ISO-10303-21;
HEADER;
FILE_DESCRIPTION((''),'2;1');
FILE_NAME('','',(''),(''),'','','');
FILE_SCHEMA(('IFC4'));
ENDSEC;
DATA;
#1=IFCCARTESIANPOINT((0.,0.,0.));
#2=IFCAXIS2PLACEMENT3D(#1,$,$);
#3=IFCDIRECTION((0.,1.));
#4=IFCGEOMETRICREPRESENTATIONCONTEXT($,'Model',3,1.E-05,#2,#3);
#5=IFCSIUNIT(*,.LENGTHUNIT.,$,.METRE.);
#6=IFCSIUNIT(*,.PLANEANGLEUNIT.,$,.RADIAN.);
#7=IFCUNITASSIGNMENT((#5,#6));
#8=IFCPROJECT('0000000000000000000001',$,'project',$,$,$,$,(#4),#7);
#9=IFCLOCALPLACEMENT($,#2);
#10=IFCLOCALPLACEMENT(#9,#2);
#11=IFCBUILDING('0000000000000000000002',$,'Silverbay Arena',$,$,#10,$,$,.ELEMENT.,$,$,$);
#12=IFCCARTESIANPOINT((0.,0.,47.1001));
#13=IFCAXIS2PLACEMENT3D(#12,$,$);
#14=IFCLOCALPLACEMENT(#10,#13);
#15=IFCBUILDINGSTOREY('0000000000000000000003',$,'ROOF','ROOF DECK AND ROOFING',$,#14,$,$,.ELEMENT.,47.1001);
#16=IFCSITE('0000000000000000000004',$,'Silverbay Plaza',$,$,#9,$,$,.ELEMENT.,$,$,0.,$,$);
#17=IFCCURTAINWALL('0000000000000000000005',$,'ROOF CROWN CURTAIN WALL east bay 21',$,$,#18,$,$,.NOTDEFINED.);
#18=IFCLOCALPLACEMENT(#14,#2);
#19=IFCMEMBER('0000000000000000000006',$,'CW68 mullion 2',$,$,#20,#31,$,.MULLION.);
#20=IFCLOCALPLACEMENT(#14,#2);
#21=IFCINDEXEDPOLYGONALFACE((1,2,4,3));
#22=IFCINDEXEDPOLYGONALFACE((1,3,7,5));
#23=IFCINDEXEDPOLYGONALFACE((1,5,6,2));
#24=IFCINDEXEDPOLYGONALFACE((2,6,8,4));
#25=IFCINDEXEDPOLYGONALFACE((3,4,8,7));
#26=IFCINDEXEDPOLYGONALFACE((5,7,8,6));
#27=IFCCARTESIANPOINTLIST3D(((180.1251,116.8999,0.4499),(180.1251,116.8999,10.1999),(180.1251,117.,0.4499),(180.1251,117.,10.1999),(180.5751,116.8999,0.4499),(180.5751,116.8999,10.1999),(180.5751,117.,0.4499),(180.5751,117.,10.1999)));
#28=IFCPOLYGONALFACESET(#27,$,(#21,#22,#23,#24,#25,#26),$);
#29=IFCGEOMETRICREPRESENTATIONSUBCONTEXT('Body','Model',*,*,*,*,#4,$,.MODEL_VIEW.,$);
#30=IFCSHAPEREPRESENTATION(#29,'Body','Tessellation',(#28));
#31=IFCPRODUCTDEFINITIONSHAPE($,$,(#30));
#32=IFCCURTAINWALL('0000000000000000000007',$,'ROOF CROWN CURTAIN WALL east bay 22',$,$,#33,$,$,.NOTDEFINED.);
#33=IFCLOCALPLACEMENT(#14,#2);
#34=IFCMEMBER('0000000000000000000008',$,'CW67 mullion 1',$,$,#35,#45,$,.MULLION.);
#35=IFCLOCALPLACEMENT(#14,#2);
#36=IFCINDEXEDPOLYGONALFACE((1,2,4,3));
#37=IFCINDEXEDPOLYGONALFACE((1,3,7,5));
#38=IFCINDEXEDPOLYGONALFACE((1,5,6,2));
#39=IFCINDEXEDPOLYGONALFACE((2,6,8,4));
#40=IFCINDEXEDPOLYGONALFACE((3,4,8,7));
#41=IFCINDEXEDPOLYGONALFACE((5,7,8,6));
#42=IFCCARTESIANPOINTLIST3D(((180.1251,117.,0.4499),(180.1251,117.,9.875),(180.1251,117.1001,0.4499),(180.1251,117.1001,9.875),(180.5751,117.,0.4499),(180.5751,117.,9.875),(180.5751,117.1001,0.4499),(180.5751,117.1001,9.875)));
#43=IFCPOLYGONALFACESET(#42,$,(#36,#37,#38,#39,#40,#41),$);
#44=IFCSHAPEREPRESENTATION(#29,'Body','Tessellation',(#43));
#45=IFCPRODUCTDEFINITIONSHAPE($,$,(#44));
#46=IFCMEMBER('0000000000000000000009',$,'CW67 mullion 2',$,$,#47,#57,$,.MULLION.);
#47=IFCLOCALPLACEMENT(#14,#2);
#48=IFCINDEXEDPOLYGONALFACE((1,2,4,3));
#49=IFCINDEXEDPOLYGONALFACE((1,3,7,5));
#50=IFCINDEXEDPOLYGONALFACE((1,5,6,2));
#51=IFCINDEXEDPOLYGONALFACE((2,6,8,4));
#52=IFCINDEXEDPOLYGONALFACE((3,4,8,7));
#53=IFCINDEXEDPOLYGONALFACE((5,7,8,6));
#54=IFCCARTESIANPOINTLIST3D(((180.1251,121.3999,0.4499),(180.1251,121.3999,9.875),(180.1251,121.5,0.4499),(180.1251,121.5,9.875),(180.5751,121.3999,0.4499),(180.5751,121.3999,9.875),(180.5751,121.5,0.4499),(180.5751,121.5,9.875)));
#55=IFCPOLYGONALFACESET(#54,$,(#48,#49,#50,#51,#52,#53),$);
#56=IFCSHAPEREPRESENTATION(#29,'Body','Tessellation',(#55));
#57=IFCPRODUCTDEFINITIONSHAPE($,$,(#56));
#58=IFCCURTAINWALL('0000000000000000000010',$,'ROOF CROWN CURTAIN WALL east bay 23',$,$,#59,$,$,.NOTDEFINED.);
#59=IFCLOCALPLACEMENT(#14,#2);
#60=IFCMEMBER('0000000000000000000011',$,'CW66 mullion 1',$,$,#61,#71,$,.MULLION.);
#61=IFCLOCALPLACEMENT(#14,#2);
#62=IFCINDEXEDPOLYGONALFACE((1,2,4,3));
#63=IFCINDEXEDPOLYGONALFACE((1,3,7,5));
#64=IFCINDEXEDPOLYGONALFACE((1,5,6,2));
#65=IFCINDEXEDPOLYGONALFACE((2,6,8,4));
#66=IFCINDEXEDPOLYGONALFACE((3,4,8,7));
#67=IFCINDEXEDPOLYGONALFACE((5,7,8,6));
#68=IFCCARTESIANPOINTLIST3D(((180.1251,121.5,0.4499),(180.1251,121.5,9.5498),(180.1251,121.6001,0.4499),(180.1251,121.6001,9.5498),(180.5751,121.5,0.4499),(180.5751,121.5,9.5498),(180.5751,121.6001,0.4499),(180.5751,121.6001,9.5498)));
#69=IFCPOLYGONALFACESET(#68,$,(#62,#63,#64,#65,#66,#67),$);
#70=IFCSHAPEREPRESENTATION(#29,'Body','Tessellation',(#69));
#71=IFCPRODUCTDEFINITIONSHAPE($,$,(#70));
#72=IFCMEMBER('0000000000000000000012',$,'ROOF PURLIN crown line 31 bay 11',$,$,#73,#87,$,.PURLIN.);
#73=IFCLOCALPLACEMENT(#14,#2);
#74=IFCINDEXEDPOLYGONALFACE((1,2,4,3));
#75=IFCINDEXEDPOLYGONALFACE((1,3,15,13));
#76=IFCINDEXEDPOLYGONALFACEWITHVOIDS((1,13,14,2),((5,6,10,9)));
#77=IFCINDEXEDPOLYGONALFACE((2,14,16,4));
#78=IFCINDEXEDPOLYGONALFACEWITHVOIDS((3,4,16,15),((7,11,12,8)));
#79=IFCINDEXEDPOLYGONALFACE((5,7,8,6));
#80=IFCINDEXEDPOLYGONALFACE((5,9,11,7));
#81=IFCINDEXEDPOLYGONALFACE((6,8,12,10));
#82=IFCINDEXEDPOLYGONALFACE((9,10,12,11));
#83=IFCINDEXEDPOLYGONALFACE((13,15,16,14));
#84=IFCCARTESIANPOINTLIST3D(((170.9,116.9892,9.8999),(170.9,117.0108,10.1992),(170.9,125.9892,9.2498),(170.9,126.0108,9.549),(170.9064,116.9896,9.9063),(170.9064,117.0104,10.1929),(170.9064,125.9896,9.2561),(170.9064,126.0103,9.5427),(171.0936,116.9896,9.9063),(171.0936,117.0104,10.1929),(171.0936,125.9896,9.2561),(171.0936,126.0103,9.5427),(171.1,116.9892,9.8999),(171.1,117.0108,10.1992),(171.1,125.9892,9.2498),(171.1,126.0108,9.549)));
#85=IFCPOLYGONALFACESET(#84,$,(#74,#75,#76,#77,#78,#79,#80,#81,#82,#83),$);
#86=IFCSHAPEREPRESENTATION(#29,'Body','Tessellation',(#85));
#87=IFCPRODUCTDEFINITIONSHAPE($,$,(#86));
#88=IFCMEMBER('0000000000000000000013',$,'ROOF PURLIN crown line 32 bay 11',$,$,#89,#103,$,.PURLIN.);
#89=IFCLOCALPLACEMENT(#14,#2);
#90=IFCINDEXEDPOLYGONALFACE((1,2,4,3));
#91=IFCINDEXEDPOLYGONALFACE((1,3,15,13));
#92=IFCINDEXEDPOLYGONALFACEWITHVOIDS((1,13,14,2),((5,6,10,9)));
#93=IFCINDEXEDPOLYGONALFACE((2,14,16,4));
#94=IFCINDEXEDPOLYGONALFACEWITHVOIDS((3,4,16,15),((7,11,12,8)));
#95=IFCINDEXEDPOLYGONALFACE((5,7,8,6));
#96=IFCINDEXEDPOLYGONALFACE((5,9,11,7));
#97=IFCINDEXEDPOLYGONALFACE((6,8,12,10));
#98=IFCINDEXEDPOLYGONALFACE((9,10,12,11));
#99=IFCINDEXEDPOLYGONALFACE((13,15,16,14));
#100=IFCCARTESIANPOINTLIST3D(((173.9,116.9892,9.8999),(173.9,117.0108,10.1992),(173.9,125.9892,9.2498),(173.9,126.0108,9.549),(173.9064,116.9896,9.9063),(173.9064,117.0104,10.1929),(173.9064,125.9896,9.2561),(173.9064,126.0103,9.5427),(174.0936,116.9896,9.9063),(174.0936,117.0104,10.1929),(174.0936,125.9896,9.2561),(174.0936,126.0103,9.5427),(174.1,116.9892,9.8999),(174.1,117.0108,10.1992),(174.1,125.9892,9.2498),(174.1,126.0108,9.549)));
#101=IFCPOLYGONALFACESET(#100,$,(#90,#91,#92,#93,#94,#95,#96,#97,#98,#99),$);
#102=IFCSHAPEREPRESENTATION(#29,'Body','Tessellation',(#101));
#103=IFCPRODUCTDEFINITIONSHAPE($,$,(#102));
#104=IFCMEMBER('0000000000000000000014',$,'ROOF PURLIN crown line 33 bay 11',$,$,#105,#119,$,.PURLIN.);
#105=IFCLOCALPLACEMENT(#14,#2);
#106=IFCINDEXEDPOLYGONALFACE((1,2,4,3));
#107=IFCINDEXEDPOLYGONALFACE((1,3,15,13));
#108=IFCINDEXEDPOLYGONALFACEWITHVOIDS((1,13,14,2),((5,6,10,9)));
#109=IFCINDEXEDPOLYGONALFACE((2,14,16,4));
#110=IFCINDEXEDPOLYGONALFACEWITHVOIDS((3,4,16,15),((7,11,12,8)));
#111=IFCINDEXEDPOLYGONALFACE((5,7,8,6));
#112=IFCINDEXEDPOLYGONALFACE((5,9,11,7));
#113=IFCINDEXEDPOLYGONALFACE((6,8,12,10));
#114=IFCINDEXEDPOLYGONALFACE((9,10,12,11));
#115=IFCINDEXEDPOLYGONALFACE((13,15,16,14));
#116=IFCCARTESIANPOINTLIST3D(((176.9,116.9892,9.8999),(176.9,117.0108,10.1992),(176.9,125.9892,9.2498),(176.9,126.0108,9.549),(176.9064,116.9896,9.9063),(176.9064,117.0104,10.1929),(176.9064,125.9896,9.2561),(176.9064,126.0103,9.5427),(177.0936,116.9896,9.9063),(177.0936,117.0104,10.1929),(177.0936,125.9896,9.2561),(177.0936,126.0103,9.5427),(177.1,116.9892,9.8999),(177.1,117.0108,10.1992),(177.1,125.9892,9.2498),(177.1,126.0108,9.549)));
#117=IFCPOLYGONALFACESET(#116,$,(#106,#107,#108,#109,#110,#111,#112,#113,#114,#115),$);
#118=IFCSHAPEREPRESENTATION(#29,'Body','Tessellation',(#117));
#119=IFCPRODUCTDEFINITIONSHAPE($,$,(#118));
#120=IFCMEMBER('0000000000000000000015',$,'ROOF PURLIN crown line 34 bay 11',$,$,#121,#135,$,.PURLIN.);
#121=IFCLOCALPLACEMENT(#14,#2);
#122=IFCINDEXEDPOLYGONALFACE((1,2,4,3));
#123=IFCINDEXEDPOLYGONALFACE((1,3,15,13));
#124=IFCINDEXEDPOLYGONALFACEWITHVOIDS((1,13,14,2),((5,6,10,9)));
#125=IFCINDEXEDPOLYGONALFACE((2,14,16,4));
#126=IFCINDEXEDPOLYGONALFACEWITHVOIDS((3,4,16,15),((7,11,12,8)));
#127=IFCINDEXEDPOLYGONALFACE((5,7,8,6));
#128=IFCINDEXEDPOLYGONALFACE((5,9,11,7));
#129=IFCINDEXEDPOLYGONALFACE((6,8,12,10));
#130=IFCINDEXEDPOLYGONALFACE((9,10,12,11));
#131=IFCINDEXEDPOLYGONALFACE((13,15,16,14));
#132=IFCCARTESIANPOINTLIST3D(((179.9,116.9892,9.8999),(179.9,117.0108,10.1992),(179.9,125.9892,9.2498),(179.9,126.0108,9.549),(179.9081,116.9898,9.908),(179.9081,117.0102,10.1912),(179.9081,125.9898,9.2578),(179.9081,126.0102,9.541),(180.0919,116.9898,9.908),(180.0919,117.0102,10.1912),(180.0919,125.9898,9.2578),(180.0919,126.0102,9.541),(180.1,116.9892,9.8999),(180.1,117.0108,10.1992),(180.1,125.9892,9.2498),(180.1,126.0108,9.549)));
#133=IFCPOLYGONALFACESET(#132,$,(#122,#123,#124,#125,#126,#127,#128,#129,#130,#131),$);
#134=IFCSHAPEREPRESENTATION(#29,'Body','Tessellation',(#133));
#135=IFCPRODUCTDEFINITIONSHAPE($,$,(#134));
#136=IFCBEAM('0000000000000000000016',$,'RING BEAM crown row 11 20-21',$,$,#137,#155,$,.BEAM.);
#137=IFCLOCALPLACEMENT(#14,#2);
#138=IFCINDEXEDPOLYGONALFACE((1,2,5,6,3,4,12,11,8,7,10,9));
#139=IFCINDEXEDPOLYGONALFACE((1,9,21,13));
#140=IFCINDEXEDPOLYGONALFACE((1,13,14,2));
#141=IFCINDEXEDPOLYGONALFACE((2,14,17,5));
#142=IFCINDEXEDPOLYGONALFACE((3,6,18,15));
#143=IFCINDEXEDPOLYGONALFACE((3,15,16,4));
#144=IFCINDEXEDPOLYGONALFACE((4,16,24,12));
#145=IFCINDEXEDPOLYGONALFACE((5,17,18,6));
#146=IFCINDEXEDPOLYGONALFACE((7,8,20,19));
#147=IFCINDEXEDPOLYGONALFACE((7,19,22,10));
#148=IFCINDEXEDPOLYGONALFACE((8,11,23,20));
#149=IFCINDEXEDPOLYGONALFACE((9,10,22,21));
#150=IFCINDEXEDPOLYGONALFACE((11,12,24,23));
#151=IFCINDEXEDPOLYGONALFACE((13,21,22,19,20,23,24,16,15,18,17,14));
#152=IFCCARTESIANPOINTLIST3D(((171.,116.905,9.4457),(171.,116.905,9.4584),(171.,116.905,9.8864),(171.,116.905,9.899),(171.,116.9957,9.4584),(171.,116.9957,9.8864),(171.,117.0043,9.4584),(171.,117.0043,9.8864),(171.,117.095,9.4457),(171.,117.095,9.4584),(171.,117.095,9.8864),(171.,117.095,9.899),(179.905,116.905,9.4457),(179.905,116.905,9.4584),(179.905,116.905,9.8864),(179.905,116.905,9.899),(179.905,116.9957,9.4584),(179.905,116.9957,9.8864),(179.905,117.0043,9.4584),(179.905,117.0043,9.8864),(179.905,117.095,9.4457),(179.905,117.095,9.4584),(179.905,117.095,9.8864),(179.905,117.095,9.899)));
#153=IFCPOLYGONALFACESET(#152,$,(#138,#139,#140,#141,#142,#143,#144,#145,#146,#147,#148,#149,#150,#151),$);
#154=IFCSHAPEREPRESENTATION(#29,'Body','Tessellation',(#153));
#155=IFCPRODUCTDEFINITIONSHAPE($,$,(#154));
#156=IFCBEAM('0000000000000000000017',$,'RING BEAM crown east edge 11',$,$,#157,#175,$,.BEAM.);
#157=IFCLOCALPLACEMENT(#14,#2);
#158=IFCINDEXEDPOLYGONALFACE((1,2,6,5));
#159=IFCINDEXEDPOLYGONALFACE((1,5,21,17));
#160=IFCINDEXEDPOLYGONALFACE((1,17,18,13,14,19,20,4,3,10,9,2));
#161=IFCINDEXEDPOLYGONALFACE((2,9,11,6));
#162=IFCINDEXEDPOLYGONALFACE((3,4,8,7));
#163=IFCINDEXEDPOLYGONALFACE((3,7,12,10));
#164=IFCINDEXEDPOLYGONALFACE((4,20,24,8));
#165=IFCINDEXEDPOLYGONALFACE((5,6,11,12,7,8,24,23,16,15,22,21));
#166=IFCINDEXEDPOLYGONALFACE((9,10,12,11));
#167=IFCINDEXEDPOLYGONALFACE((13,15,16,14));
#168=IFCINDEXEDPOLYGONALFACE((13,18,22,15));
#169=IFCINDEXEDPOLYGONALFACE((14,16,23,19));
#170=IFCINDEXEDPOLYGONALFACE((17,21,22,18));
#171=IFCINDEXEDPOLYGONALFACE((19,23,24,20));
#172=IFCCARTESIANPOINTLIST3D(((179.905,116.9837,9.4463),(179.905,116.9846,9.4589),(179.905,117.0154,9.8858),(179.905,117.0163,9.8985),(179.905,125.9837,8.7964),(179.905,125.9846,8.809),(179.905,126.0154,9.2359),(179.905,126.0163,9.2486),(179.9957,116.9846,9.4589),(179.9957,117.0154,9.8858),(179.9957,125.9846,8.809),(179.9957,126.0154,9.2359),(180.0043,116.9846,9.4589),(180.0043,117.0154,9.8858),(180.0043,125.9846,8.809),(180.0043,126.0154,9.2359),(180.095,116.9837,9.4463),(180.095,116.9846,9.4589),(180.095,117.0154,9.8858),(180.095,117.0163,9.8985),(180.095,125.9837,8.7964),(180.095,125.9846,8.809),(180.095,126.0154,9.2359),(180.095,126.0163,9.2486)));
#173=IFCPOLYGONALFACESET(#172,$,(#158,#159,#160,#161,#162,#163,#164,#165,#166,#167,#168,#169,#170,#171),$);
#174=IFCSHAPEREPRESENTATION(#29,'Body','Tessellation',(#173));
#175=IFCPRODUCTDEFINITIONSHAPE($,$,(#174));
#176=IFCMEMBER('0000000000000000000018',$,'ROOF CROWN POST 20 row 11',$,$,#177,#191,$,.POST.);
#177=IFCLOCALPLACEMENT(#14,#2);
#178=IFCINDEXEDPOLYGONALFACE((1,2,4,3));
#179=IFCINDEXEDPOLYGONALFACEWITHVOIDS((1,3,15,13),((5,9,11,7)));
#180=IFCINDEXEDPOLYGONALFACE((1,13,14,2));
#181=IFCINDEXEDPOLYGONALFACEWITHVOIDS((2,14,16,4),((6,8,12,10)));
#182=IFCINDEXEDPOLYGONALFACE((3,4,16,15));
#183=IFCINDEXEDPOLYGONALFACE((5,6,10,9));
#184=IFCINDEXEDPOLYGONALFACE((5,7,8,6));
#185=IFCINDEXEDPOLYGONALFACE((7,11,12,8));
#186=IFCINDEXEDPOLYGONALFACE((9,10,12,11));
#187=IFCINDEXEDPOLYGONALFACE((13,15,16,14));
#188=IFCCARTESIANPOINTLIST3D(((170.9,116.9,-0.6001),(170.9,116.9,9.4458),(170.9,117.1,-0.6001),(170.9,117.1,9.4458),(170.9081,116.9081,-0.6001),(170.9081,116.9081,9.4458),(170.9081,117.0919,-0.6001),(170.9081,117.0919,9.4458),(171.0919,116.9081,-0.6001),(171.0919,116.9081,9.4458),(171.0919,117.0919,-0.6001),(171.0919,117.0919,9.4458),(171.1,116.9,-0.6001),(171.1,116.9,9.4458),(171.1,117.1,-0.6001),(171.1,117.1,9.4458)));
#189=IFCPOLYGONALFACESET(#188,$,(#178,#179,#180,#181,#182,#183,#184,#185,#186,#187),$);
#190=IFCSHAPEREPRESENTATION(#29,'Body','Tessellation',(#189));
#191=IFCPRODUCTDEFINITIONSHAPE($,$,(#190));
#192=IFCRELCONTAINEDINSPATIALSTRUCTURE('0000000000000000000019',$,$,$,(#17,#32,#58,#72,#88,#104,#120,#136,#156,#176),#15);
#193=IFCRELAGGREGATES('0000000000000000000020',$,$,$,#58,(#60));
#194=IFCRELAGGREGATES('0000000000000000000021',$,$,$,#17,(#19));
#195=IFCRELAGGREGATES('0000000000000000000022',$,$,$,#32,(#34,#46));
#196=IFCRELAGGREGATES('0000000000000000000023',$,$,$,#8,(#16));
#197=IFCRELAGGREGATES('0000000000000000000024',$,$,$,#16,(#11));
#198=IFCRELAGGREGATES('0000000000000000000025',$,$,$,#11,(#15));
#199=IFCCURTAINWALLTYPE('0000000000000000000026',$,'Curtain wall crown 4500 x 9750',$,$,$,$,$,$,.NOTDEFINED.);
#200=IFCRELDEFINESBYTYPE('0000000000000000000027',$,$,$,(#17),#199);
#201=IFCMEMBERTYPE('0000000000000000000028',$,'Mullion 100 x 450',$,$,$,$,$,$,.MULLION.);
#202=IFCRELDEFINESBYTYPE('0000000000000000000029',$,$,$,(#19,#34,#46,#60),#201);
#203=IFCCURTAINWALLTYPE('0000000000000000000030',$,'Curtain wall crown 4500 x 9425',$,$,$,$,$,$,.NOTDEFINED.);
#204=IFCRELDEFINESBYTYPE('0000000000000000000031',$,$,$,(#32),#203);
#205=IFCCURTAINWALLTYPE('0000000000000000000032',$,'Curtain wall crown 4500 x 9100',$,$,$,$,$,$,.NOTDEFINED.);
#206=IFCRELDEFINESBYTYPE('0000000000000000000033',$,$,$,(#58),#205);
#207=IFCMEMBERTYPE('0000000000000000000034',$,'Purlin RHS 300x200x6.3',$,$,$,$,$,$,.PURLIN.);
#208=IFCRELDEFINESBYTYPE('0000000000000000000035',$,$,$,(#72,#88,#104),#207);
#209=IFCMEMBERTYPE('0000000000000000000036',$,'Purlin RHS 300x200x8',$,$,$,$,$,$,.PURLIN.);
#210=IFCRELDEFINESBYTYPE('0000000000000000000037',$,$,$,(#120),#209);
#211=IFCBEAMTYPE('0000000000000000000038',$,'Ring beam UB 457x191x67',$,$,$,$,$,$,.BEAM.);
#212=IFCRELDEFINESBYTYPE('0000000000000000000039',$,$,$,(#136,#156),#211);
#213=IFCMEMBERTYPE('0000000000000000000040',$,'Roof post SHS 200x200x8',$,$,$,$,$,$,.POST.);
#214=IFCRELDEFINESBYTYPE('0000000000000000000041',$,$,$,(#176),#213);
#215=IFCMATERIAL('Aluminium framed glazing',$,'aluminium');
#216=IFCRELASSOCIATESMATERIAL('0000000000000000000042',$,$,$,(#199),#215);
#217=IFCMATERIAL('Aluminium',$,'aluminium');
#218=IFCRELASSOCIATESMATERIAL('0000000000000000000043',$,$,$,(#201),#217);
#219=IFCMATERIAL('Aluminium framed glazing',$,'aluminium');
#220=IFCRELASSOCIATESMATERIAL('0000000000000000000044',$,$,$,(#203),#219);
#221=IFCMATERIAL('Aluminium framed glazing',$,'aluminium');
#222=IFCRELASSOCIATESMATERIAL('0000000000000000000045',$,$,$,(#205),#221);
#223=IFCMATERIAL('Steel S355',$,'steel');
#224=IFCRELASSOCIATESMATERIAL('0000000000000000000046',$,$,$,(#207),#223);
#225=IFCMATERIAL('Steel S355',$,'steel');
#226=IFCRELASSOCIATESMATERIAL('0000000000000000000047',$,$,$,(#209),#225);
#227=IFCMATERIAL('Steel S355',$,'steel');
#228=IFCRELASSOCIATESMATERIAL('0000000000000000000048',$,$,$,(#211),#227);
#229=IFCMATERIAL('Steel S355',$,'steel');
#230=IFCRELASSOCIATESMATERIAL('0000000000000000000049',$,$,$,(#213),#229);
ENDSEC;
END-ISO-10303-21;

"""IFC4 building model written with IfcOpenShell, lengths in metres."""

from ifc_helpers import new_model, si_unit, direction, frame, origin, origin_2d, place, context, subcontext, project, spatial, rectangle, hollow_rectangle, i_section, extrude, material, material_profile, profile_set, type_object, element, aggregate, save


model = new_model("IFC4")

# Units and contexts
model_context = context("Model", 3, precision=1e-05, world=origin(), true_north=direction((0.0, 1.0)))
body_context = subcontext(model_context, "Body", "Model", "MODEL_VIEW")
ifc_project = project(units=[si_unit("LENGTHUNIT", "METRE"), si_unit("PLANEANGLEUNIT", "RADIAN")], contexts=[model_context])

# Site, building, storey
site_placement = place(None, origin())
site = spatial("IfcSite", under=ifc_project, at=site_placement, Name="Silverbay Plaza", CompositionType="ELEMENT", RefElevation=0.0)
building_placement = place(site_placement, origin())
building = spatial("IfcBuilding", under=site, at=building_placement, Name="Silverbay Arena", CompositionType="ELEMENT")
storey_placement = place(building_placement, frame((0.0, 0.0, 47.1001)))
storey = spatial("IfcBuildingStorey", under=building, at=storey_placement, Name="ROOF", Description="ROOF DECK AND ROOFING", CompositionType="ELEMENT", Elevation=47.1001)

# Curtain wall, member
ifc_material_1 = material(Name="Aluminium framed glazing", Category="aluminium")
curtain_wall_type_1 = type_object("IfcCurtainWallType", Name="Curtain wall crown 4500 x 9750", PredefinedType="NOTDEFINED", material=ifc_material_1)
curtain_wall_1_placement = place(storey_placement, origin())
curtain_wall_1 = element("IfcCurtainWall", 1, at=curtain_wall_1_placement, inside=storey, type_object=curtain_wall_type_1, Name="ROOF CROWN CURTAIN WALL east bay 21", PredefinedType="NOTDEFINED")
ifc_material_2 = material(Name="Aluminium", Category="aluminium")
ifc_material_profile_1 = material_profile(ifc_material_2, rectangle(XDim=0.45, YDim=0.1001, at=origin_2d()), Name="Mullion 100 x 450")
ifc_profile_set_1 = profile_set([ifc_material_profile_1], Name="Aluminium")
member_type_1 = type_object("IfcMemberType", Name="Mullion 100 x 450", PredefinedType="MULLION", material=ifc_profile_set_1)
placement = place(building_placement, frame((0.0, 0.0, 33.5)))
member_1_placement = place(placement, frame((180.3501, 116.95, 14.05), z_axis=(0.0, 0.0, 1.0), x_axis=(-1.0, 0.0, 0.0)))
member_1 = element("IfcMember", 2, at=member_1_placement, type_object=member_type_1, Name="CW68 mullion 2", PredefinedType="MULLION", context=body_context, shape_type="SweptSolid", body=[
    extrude(rectangle(XDim=0.45, YDim=0.1001, at=origin_2d()), origin(), (0.0, 0.0, 1.0), 9.75),
])

# Curtain wall, members
ifc_material_3 = material(Name="Aluminium framed glazing", Category="aluminium")
curtain_wall_type_2 = type_object("IfcCurtainWallType", Name="Curtain wall crown 4500 x 9425", PredefinedType="NOTDEFINED", material=ifc_material_3)
curtain_wall_2_placement = place(storey_placement, origin())
curtain_wall_2 = element("IfcCurtainWall", 3, at=curtain_wall_2_placement, inside=storey, type_object=curtain_wall_type_2, Name="ROOF CROWN CURTAIN WALL east bay 22", PredefinedType="NOTDEFINED")
member_2_placement = place(placement, frame((180.3501, 117.05, 14.05), z_axis=(0.0, 0.0, 1.0), x_axis=(-1.0, 0.0, 0.0)))
member_2 = element("IfcMember", 4, at=member_2_placement, type_object=member_type_1, Name="CW67 mullion 1", PredefinedType="MULLION", context=body_context, shape_type="SweptSolid", body=[
    extrude(rectangle(XDim=0.45, YDim=0.1001, at=origin_2d()), origin(), (0.0, 0.0, 1.0), 9.425),
])
member_3_placement = place(placement, frame((180.3501, 121.45, 14.05), z_axis=(0.0, 0.0, 1.0), x_axis=(-1.0, 0.0, 0.0)))
member_3 = element("IfcMember", 5, at=member_3_placement, type_object=member_type_1, Name="CW67 mullion 2", PredefinedType="MULLION", context=body_context, shape_type="SweptSolid", body=[
    extrude(rectangle(XDim=0.45, YDim=0.1001, at=origin_2d()), origin(), (0.0, 0.0, 1.0), 9.425),
])

# Curtain wall, member
ifc_material_4 = material(Name="Aluminium framed glazing", Category="aluminium")
curtain_wall_type_3 = type_object("IfcCurtainWallType", Name="Curtain wall crown 4500 x 9100", PredefinedType="NOTDEFINED", material=ifc_material_4)
curtain_wall_3_placement = place(storey_placement, origin())
curtain_wall_3 = element("IfcCurtainWall", 6, at=curtain_wall_3_placement, inside=storey, type_object=curtain_wall_type_3, Name="ROOF CROWN CURTAIN WALL east bay 23", PredefinedType="NOTDEFINED")
member_4_placement = place(placement, frame((180.3501, 121.55, 14.05), z_axis=(0.0, 0.0, 1.0), x_axis=(-1.0, 0.0, 0.0)))
member_4 = element("IfcMember", 7, at=member_4_placement, type_object=member_type_1, Name="CW66 mullion 1", PredefinedType="MULLION", context=body_context, shape_type="SweptSolid", body=[
    extrude(rectangle(XDim=0.45, YDim=0.1001, at=origin_2d()), origin(), (0.0, 0.0, 1.0), 9.0999),
])

# Members
ifc_material_5 = material(Name="Steel S355", Category="steel")
ifc_material_profile_2 = material_profile(ifc_material_5, hollow_rectangle(XDim=0.2, YDim=0.3, WallThickness=0.0063, at=origin_2d()), Name="RHS 300x200x6.3")
ifc_profile_set_2 = profile_set([ifc_material_profile_2], Name="Steel S355")
member_type_2 = type_object("IfcMemberType", Name="Purlin RHS 300x200x6.3", PredefinedType="PURLIN", material=ifc_profile_set_2)
for number, where, z_axis, x_axis, name in (
    (8, (171.0, 117.0, 10.0496), (0.0, 0.997401, -0.072051), (-1.0, 0.0, 0.0), "ROOF PURLIN crown line 31 bay 11"),
    (9, (174.0, 117.0, 10.0496), (0.0, 0.997401, -0.072051), (-1.0, 0.0, 0.0), "ROOF PURLIN crown line 32 bay 11"),
    (10, (177.0, 117.0, 10.0496), (0.0, 0.997401, -0.072051), (-1.0, 0.0, 0.0), "ROOF PURLIN crown line 33 bay 11"),
):
    element("IfcMember", number, at=place(storey_placement, frame(where, z_axis=z_axis, x_axis=x_axis)), inside=storey, type_object=member_type_2, Name=name, PredefinedType="PURLIN", context=body_context, shape_type="SweptSolid", body=[
        extrude(hollow_rectangle(XDim=0.2, YDim=0.3, WallThickness=0.0063, at=origin_2d()), origin(), (0.0, 0.0, 1.0), 9.0234),
    ])
ifc_material_6 = material(Name="Steel S355", Category="steel")
ifc_material_profile_3 = material_profile(ifc_material_6, hollow_rectangle(XDim=0.2, YDim=0.3, WallThickness=0.0081, at=origin_2d()), Name="RHS 300x200x8")
ifc_profile_set_3 = profile_set([ifc_material_profile_3], Name="Steel S355")
member_type_3 = type_object("IfcMemberType", Name="Purlin RHS 300x200x8", PredefinedType="PURLIN", material=ifc_profile_set_3)
member_5_placement = place(storey_placement, frame((180.0, 117.0, 10.0496), z_axis=(0.0, 0.997401, -0.072051), x_axis=(-1.0, 0.0, 0.0)))
element("IfcMember", 11, at=member_5_placement, inside=storey, type_object=member_type_3, Name="ROOF PURLIN crown line 34 bay 11", PredefinedType="PURLIN", context=body_context, shape_type="SweptSolid", body=[
    extrude(hollow_rectangle(XDim=0.2, YDim=0.3, WallThickness=0.0081, at=origin_2d()), origin(), (0.0, 0.0, 1.0), 9.0234),
])

# Beams
ifc_material_7 = material(Name="Steel S355", Category="steel")
ifc_material_profile_4 = material_profile(ifc_material_7, i_section(OverallWidth=0.1899, OverallDepth=0.4534, WebThickness=0.0085, FlangeThickness=0.0127, at=origin_2d()), Name="UB 457x191x67")
ifc_profile_set_4 = profile_set([ifc_material_profile_4], Name="Steel S355")
beam_type = type_object("IfcBeamType", Name="Ring beam UB 457x191x67", PredefinedType="BEAM", material=ifc_profile_set_4)
beam_1_placement = place(storey_placement, frame((171.0, 117.0, 9.6724), z_axis=(1.0, 0.0, 0.0), x_axis=(0.0, 1.0, 0.0)))
element("IfcBeam", 12, at=beam_1_placement, inside=storey, type_object=beam_type, Name="RING BEAM crown row 11 20-21", PredefinedType="BEAM", context=body_context, shape_type="SweptSolid", body=[
    extrude(i_section(OverallWidth=0.1899, OverallDepth=0.4534, WebThickness=0.0085, FlangeThickness=0.0127, at=origin_2d()), origin(), (0.0, 0.0, 1.0), 8.905),
])
beam_2_placement = place(storey_placement, frame((180.0, 117.0, 9.6724), z_axis=(0.0, 0.997403, -0.072024), x_axis=(-1.0, 0.0, 0.0)))
element("IfcBeam", 13, at=beam_2_placement, inside=storey, type_object=beam_type, Name="RING BEAM crown east edge 11", PredefinedType="BEAM", context=body_context, shape_type="SweptSolid", body=[
    extrude(i_section(OverallWidth=0.1899, OverallDepth=0.4534, WebThickness=0.0085, FlangeThickness=0.0127, at=origin_2d()), origin(), (0.0, 0.0, 1.0), 9.0234),
])

# Member
ifc_material_8 = material(Name="Steel S355", Category="steel")
ifc_material_profile_5 = material_profile(ifc_material_8, hollow_rectangle(XDim=0.2, YDim=0.2, WallThickness=0.0081, at=origin_2d()), Name="SHS 200x200x8")
ifc_profile_set_5 = profile_set([ifc_material_profile_5], Name="Steel S355")
member_type_4 = type_object("IfcMemberType", Name="Roof post SHS 200x200x8", PredefinedType="POST", material=ifc_profile_set_5)
member_6_placement = place(storey_placement, frame((171.0, 117.0, -0.6001), z_axis=(0.0, 0.0, 1.0), x_axis=(1.0, 0.0, 0.0)))
element("IfcMember", 14, at=member_6_placement, inside=storey, type_object=member_type_4, Name="ROOF CROWN POST 20 row 11", PredefinedType="POST", context=body_context, shape_type="SweptSolid", body=[
    extrude(hollow_rectangle(XDim=0.2, YDim=0.2, WallThickness=0.0081, at=origin_2d()), origin(), (0.0, 0.0, 1.0), 10.0459),
])

aggregate(curtain_wall_3, [member_4])

aggregate(curtain_wall_1, [member_1])
aggregate(curtain_wall_2, [member_2, member_3])

save(model, "model.ifc")
